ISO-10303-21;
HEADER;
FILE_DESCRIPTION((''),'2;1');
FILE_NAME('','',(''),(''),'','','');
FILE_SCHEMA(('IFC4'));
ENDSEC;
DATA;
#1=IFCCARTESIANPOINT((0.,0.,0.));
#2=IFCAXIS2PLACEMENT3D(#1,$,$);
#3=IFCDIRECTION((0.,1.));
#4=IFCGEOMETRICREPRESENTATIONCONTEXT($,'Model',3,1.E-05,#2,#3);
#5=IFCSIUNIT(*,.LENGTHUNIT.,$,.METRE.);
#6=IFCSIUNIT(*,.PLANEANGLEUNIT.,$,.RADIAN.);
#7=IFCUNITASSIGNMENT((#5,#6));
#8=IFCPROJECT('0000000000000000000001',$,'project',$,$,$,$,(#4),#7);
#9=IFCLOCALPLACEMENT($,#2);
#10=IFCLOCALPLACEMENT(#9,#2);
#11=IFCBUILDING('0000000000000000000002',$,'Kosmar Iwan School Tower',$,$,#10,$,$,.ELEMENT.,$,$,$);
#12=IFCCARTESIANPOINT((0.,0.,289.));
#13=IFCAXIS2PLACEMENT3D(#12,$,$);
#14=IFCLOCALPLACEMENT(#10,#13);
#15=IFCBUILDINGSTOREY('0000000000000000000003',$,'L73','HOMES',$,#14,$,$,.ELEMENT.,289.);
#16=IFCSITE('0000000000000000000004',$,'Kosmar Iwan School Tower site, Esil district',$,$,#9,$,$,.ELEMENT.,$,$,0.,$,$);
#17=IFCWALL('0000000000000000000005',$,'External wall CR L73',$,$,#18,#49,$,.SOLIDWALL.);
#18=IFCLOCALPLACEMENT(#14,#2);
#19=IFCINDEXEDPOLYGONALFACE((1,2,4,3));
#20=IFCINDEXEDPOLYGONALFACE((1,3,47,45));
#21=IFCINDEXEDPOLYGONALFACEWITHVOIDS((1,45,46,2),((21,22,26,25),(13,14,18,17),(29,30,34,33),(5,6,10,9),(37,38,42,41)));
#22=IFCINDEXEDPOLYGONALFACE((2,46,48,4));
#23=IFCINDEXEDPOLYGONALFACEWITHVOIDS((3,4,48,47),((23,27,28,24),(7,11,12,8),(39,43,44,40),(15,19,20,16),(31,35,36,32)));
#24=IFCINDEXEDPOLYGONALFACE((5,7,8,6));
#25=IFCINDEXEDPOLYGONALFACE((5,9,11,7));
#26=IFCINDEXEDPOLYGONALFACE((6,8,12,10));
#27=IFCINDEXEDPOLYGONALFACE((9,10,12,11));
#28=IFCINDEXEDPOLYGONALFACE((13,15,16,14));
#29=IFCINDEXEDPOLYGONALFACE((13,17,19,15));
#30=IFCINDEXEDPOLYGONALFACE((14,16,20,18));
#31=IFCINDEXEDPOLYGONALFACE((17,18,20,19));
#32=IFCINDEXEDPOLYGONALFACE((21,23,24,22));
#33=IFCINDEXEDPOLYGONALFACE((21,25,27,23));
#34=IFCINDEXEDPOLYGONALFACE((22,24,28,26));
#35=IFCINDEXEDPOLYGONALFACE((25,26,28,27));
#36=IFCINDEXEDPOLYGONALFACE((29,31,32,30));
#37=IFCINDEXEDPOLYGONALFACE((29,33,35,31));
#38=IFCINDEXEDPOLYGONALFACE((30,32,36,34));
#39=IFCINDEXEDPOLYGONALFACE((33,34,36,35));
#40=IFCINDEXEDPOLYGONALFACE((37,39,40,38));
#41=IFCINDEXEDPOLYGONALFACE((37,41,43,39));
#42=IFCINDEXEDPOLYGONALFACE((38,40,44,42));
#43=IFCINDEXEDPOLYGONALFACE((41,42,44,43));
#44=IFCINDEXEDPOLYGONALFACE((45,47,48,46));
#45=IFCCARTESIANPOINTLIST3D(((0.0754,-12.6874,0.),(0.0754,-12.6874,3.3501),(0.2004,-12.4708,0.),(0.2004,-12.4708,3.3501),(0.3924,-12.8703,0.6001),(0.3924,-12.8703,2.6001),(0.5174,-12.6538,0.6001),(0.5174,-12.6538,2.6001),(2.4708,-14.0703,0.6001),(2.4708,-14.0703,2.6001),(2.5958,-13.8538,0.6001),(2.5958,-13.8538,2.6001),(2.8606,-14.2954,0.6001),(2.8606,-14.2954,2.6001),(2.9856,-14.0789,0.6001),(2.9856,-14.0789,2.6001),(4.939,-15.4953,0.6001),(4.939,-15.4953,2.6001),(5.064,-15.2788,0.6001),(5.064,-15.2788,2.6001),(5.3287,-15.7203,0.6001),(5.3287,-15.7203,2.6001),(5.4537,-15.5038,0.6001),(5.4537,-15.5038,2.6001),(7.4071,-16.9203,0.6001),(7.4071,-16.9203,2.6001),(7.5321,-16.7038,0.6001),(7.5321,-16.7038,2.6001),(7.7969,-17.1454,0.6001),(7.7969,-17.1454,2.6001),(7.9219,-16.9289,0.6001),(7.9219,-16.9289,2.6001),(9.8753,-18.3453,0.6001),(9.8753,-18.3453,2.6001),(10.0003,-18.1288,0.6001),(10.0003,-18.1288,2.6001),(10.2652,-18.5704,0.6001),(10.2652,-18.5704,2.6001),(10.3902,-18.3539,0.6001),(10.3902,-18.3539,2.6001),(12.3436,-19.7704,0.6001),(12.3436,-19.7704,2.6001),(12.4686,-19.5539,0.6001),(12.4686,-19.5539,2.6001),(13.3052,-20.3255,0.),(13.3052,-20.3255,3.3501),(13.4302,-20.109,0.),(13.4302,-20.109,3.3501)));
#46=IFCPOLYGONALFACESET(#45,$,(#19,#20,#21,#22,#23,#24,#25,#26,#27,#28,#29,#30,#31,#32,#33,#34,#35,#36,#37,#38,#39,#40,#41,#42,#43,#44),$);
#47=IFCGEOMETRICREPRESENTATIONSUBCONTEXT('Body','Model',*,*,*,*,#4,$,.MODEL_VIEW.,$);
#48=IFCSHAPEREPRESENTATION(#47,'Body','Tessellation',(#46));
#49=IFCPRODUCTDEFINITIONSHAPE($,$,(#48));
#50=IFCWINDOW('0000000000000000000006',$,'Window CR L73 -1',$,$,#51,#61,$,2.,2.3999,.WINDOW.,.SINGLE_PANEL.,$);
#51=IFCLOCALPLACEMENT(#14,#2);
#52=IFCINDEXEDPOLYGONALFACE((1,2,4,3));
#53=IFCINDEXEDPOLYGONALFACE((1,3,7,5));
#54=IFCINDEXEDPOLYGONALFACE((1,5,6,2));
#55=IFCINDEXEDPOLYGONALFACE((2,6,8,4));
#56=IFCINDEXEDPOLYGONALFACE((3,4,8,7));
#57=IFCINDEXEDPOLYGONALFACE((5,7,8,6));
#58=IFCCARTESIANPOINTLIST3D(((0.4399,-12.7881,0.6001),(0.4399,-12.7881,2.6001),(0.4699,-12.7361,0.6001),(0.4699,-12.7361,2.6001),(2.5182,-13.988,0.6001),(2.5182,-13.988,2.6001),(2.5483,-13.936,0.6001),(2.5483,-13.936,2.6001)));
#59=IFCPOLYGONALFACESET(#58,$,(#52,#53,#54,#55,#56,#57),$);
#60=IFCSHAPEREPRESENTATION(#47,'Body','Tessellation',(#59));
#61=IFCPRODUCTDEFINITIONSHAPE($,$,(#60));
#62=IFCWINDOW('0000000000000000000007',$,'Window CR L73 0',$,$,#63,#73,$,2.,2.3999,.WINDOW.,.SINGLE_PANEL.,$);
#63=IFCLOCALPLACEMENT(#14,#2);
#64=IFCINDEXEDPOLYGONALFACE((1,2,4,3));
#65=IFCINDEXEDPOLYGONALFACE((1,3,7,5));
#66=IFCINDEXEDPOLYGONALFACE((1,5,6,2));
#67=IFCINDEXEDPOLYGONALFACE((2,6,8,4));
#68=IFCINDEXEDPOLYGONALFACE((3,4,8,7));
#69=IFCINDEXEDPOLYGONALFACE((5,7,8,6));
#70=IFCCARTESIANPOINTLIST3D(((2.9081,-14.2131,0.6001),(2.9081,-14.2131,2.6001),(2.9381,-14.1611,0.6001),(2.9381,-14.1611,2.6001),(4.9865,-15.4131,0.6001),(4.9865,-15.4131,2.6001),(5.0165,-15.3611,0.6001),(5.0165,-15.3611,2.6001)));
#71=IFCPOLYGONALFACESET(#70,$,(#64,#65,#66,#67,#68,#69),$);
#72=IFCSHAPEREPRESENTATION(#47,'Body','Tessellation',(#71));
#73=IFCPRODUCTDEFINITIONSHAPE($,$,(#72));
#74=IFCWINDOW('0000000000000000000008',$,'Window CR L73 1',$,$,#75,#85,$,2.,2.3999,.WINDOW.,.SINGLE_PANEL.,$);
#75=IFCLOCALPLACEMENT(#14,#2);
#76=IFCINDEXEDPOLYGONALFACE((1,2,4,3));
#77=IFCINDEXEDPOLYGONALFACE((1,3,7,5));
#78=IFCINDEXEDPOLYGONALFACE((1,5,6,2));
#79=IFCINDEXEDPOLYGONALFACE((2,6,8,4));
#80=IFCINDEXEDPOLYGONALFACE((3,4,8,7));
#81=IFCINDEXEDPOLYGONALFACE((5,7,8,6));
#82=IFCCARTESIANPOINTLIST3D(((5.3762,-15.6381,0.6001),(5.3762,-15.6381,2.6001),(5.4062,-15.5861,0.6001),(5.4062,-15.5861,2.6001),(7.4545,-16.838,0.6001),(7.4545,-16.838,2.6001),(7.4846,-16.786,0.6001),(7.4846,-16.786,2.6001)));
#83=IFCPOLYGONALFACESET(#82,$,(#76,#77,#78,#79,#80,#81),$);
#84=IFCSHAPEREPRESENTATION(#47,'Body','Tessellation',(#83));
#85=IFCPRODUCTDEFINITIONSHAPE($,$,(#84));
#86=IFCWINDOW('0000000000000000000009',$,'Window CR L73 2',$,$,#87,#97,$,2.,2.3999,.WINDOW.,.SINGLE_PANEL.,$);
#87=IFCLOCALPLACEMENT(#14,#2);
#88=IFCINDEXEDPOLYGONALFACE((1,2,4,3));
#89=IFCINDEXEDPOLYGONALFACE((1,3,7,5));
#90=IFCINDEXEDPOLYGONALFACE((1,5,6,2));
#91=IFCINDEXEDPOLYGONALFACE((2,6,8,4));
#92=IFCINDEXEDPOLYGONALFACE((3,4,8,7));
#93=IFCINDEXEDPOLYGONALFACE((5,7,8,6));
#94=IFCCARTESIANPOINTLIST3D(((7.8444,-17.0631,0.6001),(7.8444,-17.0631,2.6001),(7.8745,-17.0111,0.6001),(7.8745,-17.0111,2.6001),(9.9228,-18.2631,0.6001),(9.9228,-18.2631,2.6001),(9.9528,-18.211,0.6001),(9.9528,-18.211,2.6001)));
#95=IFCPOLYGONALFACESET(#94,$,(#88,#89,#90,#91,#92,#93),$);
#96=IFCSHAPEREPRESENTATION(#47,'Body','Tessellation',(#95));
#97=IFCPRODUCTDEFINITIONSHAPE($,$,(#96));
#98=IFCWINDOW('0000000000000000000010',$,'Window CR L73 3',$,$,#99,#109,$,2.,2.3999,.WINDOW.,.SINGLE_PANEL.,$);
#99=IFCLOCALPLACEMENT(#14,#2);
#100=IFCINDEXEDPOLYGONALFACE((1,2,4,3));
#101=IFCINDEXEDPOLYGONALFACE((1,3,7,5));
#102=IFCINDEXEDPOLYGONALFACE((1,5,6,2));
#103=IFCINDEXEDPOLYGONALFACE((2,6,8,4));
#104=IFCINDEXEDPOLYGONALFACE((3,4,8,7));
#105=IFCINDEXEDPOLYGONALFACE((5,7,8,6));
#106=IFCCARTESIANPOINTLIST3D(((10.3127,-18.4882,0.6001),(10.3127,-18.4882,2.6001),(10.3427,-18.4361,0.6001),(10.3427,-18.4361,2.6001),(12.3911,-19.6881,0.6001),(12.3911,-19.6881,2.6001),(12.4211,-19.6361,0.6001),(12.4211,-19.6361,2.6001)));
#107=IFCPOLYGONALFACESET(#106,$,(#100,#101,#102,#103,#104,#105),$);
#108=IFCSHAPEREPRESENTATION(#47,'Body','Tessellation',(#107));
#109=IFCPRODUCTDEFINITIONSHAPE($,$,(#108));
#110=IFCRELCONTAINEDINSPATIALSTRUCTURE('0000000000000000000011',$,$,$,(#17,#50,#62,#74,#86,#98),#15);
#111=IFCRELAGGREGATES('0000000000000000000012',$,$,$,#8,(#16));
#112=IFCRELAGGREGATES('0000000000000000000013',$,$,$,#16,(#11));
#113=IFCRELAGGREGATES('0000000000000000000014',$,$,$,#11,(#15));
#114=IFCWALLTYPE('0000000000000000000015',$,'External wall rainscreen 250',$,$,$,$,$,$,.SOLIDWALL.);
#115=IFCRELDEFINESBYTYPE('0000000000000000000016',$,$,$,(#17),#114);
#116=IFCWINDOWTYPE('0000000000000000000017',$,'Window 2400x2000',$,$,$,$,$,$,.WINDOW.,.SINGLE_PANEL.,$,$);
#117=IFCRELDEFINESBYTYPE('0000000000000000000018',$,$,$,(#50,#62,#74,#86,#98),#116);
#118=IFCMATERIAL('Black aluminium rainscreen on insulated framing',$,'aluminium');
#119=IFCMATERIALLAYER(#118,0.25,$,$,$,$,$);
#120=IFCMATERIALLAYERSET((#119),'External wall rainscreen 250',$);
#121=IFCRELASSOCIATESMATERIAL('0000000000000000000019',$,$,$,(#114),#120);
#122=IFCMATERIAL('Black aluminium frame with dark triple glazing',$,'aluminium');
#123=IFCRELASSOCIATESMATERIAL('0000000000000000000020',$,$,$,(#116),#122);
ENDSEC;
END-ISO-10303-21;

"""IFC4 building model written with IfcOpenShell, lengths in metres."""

from ifc_helpers import new_model, si_unit, direction, frame, frame_2d, origin, place, context, subcontext, project, spatial, rectangle, extrude, material, layer, layer_set, type_object, element, fill, save


model = new_model("IFC4")

# Units and contexts
model_context = context("Model", 3, precision=1e-05, world=origin(), true_north=direction((0.0, 1.0)))
body_context = subcontext(model_context, "Body", "Model", "MODEL_VIEW")
ifc_project = project(units=[si_unit("LENGTHUNIT", "METRE"), si_unit("PLANEANGLEUNIT", "RADIAN")], contexts=[model_context])

# Site, building, storey
site_placement = place(None, origin())
site = spatial("IfcSite", under=ifc_project, at=site_placement, Name="Kosmar Iwan School Tower site, Esil district", CompositionType="ELEMENT", RefElevation=0.0)
building_placement = place(site_placement, origin())
building = spatial("IfcBuilding", under=site, at=building_placement, Name="Kosmar Iwan School Tower", CompositionType="ELEMENT")
storey_placement = place(building_placement, frame((0.0, 0.0, 289.0)))
storey = spatial("IfcBuildingStorey", under=building, at=storey_placement, Name="L73", Description="HOMES", CompositionType="ELEMENT", Elevation=289.0)

# Wall, openings, windows
ifc_material_1 = material(Name="Black aluminium rainscreen on insulated framing", Category="aluminium")
ifc_layer_1 = layer(ifc_material_1, 0.25)
ifc_layer_set_1 = layer_set([ifc_layer_1], Name="External wall rainscreen 250")
wall_type_1 = type_object("IfcWallType", Name="External wall rainscreen 250", PredefinedType="SOLIDWALL", material=ifc_layer_set_1)
ifc_material_2 = material(Name="Black aluminium frame with dark triple glazing", Category="aluminium")
window_type = type_object("IfcWindowType", Name="Window 2400x2000", PartitioningType="SINGLE_PANEL", PredefinedType="WINDOW", material=ifc_material_2)
wall_1_placement = place(storey_placement, frame((0.1379, -12.5791, 0.0), z_axis=(0.0, 0.0, 1.0), x_axis=(0.866026, -0.5, 0.0)))
wall_1 = element("IfcWall", 1, at=wall_1_placement, inside=storey, type_object=wall_type_1, Name="External wall CR L73", PredefinedType="SOLIDWALL", context=body_context, shape_type="SweptSolid", body=[
    extrude(rectangle(XDim=15.2764, YDim=0.25, at=frame_2d((7.6382, 0.0))), origin(), (0.0, 0.0, 1.0), 3.3501),
])
opening_1_placement = place(wall_1_placement, frame((0.366, 0.0, 0.6001)))
opening_1 = element("IfcOpeningElement", 2, at=opening_1_placement, cuts=wall_1, PredefinedType="OPENING", context=body_context, shape_type="SweptSolid", body=[
    extrude(rectangle(XDim=2.3999, YDim=2.0, at=frame_2d((1.2, 1.0))), frame((0.0, 0.137, 0.0), z_axis=(0.0, -1.0, 0.0), x_axis=(1.0, 0.0, 0.0)), (0.0, 0.0, 1.0), 0.2739),
])
opening_2_placement = place(wall_1_placement, frame((3.2161, 0.0, 0.6001)))
opening_2 = element("IfcOpeningElement", 3, at=opening_2_placement, cuts=wall_1, PredefinedType="OPENING", context=body_context, shape_type="SweptSolid", body=[
    extrude(rectangle(XDim=2.3999, YDim=2.0, at=frame_2d((1.2, 1.0))), frame((0.0, 0.137, 0.0), z_axis=(0.0, -1.0, 0.0), x_axis=(1.0, 0.0, 0.0)), (0.0, 0.0, 1.0), 0.2739),
])
opening_3_placement = place(wall_1_placement, frame((6.0659, 0.0, 0.6001)))
opening_3 = element("IfcOpeningElement", 4, at=opening_3_placement, cuts=wall_1, PredefinedType="OPENING", context=body_context, shape_type="SweptSolid", body=[
    extrude(rectangle(XDim=2.3999, YDim=2.0, at=frame_2d((1.2, 1.0))), frame((0.0, 0.137, 0.0), z_axis=(0.0, -1.0, 0.0), x_axis=(1.0, 0.0, 0.0)), (0.0, 0.0, 1.0), 0.2739),
])
opening_4_placement = place(wall_1_placement, frame((8.916, 0.0, 0.6001)))
opening_4 = element("IfcOpeningElement", 5, at=opening_4_placement, cuts=wall_1, PredefinedType="OPENING", context=body_context, shape_type="SweptSolid", body=[
    extrude(rectangle(XDim=2.3999, YDim=2.0, at=frame_2d((1.2, 1.0))), frame((0.0, 0.137, 0.0), z_axis=(0.0, -1.0, 0.0), x_axis=(1.0, 0.0, 0.0)), (0.0, 0.0, 1.0), 0.2739),
])
opening_5_placement = place(wall_1_placement, frame((11.7661, 0.0, 0.6001)))
opening_5 = element("IfcOpeningElement", 6, at=opening_5_placement, cuts=wall_1, PredefinedType="OPENING", context=body_context, shape_type="SweptSolid", body=[
    extrude(rectangle(XDim=2.3999, YDim=2.0, at=frame_2d((1.2, 1.0))), frame((0.0, 0.137, 0.0), z_axis=(0.0, -1.0, 0.0), x_axis=(1.0, 0.0, 0.0)), (0.0, 0.0, 1.0), 0.2739),
])
window_1_placement = place(opening_1_placement, origin())
window_1 = element("IfcWindow", 7, at=window_1_placement, inside=storey, type_object=window_type, Name="Window CR L73 -1", OverallHeight=2.0, OverallWidth=2.3999, PartitioningType="SINGLE_PANEL", PredefinedType="WINDOW", context=body_context, shape_type="SweptSolid", body=[
    extrude(rectangle(XDim=2.3999, YDim=2.0, at=frame_2d((1.2, 1.0))), frame((0.0, 0.03, 0.0), z_axis=(0.0, -1.0, 0.0), x_axis=(1.0, 0.0, 0.0)), (0.0, 0.0, 1.0), 0.0601),
])
fill(opening_1, window_1)
window_2_placement = place(opening_2_placement, origin())
window_2 = element("IfcWindow", 8, at=window_2_placement, inside=storey, type_object=window_type, Name="Window CR L73 0", OverallHeight=2.0, OverallWidth=2.3999, PartitioningType="SINGLE_PANEL", PredefinedType="WINDOW", context=body_context, shape_type="SweptSolid", body=[
    extrude(rectangle(XDim=2.3999, YDim=2.0, at=frame_2d((1.2, 1.0))), frame((0.0, 0.03, 0.0), z_axis=(0.0, -1.0, 0.0), x_axis=(1.0, 0.0, 0.0)), (0.0, 0.0, 1.0), 0.0601),
])
fill(opening_2, window_2)
window_3_placement = place(opening_3_placement, origin())
window_3 = element("IfcWindow", 9, at=window_3_placement, inside=storey, type_object=window_type, Name="Window CR L73 1", OverallHeight=2.0, OverallWidth=2.3999, PartitioningType="SINGLE_PANEL", PredefinedType="WINDOW", context=body_context, shape_type="SweptSolid", body=[
    extrude(rectangle(XDim=2.3999, YDim=2.0, at=frame_2d((1.2, 1.0))), frame((0.0, 0.03, 0.0), z_axis=(0.0, -1.0, 0.0), x_axis=(1.0, 0.0, 0.0)), (0.0, 0.0, 1.0), 0.0601),
])
fill(opening_3, window_3)
window_4_placement = place(opening_4_placement, origin())
window_4 = element("IfcWindow", 10, at=window_4_placement, inside=storey, type_object=window_type, Name="Window CR L73 2", OverallHeight=2.0, OverallWidth=2.3999, PartitioningType="SINGLE_PANEL", PredefinedType="WINDOW", context=body_context, shape_type="SweptSolid", body=[
    extrude(rectangle(XDim=2.3999, YDim=2.0, at=frame_2d((1.2, 1.0))), frame((0.0, 0.03, 0.0), z_axis=(0.0, -1.0, 0.0), x_axis=(1.0, 0.0, 0.0)), (0.0, 0.0, 1.0), 0.0601),
])
fill(opening_4, window_4)
window_5_placement = place(opening_5_placement, origin())
window_5 = element("IfcWindow", 11, at=window_5_placement, inside=storey, type_object=window_type, Name="Window CR L73 3", OverallHeight=2.0, OverallWidth=2.3999, PartitioningType="SINGLE_PANEL", PredefinedType="WINDOW", context=body_context, shape_type="SweptSolid", body=[
    extrude(rectangle(XDim=2.3999, YDim=2.0, at=frame_2d((1.2, 1.0))), frame((0.0, 0.03, 0.0), z_axis=(0.0, -1.0, 0.0), x_axis=(1.0, 0.0, 0.0)), (0.0, 0.0, 1.0), 0.0601),
])
fill(opening_5, window_5)

save(model, "model.ifc")
